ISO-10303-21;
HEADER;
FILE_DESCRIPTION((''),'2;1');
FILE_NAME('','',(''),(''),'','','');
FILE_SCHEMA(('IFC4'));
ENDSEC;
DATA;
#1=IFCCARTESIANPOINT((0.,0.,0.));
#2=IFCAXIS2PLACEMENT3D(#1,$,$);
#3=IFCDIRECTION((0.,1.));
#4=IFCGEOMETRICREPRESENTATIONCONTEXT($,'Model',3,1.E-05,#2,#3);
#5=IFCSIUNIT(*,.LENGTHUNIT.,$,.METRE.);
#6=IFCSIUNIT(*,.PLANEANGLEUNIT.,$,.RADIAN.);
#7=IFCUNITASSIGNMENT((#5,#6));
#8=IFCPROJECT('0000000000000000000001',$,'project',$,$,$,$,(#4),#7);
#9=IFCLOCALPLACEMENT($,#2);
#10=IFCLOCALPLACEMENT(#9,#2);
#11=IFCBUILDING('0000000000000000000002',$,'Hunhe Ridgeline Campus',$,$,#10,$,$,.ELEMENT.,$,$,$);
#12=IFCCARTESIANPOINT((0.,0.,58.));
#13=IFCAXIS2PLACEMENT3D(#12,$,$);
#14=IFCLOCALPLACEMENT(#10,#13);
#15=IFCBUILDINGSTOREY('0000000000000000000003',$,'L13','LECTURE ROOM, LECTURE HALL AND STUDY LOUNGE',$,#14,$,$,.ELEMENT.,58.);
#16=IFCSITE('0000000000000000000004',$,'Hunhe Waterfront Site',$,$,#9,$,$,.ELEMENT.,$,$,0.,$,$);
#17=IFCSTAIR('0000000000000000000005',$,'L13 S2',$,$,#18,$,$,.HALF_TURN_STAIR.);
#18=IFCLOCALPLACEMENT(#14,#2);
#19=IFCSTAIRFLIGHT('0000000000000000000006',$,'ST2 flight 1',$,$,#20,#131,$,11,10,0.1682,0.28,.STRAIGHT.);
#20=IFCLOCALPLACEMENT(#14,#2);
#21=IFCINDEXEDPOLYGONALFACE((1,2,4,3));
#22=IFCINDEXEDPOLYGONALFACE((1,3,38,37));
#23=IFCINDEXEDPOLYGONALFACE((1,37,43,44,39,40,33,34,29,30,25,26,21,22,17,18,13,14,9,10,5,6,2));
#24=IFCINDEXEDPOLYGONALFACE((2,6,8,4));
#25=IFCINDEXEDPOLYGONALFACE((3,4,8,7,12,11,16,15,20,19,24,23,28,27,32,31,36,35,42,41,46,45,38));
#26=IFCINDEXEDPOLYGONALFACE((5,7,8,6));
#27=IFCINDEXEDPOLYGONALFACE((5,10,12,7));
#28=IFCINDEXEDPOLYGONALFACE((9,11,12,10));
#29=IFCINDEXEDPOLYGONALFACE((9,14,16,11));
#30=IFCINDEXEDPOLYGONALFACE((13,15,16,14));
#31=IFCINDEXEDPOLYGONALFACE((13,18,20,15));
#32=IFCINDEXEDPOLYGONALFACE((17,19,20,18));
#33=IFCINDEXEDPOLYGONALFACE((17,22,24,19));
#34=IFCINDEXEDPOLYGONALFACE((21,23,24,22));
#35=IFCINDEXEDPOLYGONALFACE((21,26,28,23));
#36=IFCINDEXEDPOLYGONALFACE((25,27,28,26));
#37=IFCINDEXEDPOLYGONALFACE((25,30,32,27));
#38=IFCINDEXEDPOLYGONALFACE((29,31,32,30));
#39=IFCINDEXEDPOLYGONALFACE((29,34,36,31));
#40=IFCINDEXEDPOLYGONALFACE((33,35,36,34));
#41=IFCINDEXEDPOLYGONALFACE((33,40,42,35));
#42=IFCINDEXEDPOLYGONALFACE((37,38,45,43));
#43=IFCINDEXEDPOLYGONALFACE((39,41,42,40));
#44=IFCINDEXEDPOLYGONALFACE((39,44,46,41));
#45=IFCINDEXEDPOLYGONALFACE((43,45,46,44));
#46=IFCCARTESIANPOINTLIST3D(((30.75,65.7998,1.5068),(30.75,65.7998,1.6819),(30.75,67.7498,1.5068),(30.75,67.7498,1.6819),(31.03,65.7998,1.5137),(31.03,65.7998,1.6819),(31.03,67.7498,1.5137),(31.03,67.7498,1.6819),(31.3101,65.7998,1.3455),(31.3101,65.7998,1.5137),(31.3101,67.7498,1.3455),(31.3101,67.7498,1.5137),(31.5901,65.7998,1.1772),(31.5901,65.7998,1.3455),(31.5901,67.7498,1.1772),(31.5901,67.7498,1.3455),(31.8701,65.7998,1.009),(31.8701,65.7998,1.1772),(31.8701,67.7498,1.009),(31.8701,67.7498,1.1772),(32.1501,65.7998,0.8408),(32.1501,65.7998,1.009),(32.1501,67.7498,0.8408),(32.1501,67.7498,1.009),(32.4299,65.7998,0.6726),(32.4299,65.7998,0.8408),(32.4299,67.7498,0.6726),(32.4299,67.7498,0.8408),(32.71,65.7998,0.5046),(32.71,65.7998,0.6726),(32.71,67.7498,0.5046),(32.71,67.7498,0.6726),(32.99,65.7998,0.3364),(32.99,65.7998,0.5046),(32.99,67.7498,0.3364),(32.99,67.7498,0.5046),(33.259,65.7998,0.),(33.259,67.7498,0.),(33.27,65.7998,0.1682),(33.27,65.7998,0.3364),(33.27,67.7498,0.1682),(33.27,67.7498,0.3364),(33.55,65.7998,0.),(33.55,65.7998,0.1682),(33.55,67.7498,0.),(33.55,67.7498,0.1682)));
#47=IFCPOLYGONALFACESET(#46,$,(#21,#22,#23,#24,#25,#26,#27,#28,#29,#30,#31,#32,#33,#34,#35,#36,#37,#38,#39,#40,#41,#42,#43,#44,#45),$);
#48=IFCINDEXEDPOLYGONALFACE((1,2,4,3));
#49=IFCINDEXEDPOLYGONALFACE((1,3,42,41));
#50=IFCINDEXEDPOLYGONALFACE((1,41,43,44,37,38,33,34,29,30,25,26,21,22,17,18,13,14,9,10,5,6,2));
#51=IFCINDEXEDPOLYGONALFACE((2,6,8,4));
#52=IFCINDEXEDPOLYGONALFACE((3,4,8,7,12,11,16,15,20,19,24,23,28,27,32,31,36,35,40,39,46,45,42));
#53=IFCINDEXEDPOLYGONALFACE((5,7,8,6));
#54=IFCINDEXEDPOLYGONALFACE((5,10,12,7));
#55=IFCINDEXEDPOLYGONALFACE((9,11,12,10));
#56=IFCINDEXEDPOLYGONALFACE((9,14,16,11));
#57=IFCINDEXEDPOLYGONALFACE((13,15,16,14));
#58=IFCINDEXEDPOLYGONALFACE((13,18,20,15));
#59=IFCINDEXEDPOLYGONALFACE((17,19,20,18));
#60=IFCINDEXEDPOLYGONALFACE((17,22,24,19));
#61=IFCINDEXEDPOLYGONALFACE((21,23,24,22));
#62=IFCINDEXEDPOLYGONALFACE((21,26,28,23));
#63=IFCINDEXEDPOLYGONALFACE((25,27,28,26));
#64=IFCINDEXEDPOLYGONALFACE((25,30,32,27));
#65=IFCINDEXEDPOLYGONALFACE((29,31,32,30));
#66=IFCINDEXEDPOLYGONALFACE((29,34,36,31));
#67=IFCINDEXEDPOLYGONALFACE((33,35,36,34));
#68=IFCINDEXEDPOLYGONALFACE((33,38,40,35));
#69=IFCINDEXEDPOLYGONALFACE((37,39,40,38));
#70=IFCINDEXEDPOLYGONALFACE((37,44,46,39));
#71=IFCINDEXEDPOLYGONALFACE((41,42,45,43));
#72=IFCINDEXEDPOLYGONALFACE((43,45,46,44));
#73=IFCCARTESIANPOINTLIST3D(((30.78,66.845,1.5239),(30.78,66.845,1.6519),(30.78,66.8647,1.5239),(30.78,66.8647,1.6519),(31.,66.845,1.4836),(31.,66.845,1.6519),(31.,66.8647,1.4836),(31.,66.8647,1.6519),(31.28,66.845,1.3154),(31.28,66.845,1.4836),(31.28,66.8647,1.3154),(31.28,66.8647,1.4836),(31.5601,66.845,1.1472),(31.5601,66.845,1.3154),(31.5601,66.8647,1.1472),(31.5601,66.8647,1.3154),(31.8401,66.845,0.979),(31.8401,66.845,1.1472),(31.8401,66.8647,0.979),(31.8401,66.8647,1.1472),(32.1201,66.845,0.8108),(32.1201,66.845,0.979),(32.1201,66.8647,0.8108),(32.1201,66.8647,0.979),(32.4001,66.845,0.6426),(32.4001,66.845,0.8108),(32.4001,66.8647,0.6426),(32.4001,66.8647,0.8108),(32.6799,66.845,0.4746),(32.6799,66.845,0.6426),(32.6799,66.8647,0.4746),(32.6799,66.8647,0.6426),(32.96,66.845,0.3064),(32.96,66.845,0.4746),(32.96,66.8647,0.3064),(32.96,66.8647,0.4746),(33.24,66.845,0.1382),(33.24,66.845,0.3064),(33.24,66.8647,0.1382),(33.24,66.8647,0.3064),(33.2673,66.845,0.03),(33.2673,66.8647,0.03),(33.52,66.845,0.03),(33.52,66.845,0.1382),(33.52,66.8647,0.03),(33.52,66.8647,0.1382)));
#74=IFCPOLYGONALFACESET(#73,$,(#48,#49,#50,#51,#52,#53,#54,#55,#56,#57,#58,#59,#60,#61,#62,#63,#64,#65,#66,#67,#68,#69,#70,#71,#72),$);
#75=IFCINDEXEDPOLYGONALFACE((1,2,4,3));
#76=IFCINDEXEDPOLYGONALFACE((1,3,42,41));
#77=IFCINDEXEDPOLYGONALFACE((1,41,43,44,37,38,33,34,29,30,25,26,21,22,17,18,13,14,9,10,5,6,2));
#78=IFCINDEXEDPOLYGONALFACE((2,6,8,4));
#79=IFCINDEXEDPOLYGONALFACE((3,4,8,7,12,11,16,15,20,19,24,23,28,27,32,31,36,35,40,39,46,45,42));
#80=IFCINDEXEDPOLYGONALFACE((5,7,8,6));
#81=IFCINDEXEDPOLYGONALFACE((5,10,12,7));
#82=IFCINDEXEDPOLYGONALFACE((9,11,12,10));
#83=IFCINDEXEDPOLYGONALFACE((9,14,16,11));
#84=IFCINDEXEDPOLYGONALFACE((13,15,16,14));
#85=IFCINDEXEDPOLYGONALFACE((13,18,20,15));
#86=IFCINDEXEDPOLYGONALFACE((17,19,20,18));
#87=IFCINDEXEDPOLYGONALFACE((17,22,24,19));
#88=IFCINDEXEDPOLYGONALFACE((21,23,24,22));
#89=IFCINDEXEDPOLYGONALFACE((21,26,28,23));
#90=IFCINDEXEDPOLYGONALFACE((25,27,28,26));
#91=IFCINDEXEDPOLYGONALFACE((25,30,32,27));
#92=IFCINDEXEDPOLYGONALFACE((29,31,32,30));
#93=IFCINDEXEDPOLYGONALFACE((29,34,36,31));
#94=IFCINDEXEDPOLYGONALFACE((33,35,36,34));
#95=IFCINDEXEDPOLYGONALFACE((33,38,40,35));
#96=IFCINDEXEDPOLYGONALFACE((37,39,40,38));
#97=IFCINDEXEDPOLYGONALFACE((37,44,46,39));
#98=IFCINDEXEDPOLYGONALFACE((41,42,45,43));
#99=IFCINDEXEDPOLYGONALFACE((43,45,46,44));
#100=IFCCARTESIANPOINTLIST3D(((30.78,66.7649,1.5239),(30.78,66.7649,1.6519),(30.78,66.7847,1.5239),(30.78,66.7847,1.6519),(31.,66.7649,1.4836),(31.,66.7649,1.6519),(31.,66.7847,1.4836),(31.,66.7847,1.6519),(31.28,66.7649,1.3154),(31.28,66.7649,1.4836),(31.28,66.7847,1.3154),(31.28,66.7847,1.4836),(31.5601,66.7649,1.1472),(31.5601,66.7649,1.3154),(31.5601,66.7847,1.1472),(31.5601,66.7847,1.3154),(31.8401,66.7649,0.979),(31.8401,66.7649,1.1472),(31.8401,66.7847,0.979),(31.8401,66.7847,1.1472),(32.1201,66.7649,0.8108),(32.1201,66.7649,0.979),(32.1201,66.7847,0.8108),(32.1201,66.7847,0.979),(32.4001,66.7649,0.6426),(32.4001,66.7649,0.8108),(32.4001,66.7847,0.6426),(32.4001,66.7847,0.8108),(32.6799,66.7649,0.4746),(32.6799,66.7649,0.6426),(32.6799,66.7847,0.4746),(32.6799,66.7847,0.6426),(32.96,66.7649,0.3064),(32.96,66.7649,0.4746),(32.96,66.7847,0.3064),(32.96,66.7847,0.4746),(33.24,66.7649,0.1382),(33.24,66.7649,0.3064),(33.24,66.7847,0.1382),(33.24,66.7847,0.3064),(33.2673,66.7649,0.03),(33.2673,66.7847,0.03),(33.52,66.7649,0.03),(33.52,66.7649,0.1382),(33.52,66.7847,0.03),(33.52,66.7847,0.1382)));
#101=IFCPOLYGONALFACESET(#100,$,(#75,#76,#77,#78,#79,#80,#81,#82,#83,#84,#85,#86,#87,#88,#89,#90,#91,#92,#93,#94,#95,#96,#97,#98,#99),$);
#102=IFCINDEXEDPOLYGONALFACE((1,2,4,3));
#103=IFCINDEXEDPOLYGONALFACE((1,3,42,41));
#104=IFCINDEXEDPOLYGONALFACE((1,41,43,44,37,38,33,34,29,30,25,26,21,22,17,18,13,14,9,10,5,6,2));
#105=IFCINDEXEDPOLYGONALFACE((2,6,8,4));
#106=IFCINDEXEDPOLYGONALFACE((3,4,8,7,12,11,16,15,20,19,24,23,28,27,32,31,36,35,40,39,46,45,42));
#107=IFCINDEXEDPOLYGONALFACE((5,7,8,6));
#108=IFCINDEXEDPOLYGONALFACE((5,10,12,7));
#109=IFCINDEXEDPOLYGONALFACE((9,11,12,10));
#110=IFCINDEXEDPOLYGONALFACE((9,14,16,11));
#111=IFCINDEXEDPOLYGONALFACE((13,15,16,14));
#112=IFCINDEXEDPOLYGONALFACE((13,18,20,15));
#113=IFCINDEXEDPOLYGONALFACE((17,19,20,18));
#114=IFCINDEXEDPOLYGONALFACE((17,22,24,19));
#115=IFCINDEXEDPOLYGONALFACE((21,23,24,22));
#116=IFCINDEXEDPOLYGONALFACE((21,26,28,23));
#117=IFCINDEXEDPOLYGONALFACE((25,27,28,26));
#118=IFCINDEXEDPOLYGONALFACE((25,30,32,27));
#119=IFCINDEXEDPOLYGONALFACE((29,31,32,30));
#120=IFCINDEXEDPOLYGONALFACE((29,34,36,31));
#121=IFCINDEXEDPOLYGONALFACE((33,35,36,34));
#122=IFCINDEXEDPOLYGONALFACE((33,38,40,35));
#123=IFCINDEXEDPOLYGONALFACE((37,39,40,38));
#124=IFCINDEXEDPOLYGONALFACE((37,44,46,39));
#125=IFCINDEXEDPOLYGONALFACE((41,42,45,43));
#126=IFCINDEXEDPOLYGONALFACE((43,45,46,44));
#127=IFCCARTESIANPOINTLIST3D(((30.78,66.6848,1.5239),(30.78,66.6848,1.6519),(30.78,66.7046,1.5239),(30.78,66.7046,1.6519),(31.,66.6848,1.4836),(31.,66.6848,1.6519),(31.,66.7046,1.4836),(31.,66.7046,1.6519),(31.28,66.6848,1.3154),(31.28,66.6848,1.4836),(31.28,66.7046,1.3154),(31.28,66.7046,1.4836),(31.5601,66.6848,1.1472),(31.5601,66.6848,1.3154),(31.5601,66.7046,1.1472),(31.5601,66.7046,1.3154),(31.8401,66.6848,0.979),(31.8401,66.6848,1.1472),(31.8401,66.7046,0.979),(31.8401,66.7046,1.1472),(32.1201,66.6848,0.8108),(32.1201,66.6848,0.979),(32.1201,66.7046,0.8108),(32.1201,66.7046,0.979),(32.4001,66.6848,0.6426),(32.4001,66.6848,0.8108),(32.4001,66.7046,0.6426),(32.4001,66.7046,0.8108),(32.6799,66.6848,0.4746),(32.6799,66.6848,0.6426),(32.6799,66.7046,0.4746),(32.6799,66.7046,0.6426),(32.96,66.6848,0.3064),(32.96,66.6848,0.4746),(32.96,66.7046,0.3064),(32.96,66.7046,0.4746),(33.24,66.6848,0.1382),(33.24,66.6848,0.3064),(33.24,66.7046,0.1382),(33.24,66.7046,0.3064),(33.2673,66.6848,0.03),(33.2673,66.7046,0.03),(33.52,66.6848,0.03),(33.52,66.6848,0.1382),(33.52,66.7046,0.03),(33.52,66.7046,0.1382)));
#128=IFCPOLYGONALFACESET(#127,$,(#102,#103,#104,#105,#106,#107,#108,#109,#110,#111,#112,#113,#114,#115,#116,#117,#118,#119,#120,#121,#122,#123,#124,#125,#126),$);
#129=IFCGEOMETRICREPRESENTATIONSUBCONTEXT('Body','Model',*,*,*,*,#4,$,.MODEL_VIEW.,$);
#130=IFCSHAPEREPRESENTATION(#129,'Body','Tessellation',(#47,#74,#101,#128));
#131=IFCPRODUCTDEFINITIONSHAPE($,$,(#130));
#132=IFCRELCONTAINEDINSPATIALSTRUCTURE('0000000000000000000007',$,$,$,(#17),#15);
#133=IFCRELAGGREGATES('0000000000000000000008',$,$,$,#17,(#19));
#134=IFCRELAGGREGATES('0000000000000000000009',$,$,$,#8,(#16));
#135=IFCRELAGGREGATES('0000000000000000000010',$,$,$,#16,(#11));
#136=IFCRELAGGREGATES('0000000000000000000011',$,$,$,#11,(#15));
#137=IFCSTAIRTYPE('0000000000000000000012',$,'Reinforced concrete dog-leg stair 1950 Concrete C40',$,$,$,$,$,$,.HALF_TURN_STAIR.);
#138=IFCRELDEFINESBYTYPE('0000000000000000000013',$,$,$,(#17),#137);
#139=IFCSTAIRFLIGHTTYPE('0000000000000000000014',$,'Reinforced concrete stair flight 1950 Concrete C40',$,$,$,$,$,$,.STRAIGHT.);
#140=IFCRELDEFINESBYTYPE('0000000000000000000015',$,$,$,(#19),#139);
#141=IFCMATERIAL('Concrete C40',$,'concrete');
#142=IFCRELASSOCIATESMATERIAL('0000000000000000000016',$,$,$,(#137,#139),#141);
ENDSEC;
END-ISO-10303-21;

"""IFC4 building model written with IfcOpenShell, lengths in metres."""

from ifc_helpers import new_model, si_unit, direction, frame, origin, place, context, subcontext, project, spatial, polyline, outline, extrude, material, type_object, element, aggregate, save


model = new_model("IFC4")

# Units and contexts
model_context = context("Model", 3, precision=1e-05, world=origin(), true_north=direction((0.0, 1.0)))
body_context = subcontext(model_context, "Body", "Model", "MODEL_VIEW")
ifc_project = project(units=[si_unit("LENGTHUNIT", "METRE"), si_unit("PLANEANGLEUNIT", "RADIAN")], contexts=[model_context])

# Site, building, storey
site_placement = place(None, origin())
site = spatial("IfcSite", under=ifc_project, at=site_placement, Name="Hunhe Waterfront Site", CompositionType="ELEMENT", RefElevation=0.0)
building_placement = place(site_placement, origin())
building = spatial("IfcBuilding", under=site, at=building_placement, Name="Hunhe Ridgeline Campus", CompositionType="ELEMENT")
storey_placement = place(building_placement, frame((0.0, 0.0, 58.0)))
storey = spatial("IfcBuildingStorey", under=building, at=storey_placement, Name="L13", Description="LECTURE ROOM, LECTURE HALL AND STUDY LOUNGE", CompositionType="ELEMENT", Elevation=58.0)

# Stair, stair flight
ifc_material_1 = material(Name="Concrete C40", Category="concrete")
stair_type = type_object("IfcStairType", Name="Reinforced concrete dog-leg stair 1950 Concrete C40", PredefinedType="HALF_TURN_STAIR", material=ifc_material_1)
stair_placement = place(storey_placement, origin())
stair = element("IfcStair", 1, at=stair_placement, inside=storey, type_object=stair_type, Name="L13 S2", PredefinedType="HALF_TURN_STAIR")
stair_flight_type = type_object("IfcStairFlightType", Name="Reinforced concrete stair flight 1950 Concrete C40", PredefinedType="STRAIGHT", material=ifc_material_1)
stair_flight_1_placement = place(storey_placement, frame((33.55, 66.7749, 0.0), z_axis=(0.0, 0.0, 1.0), x_axis=(-1.0, 0.0, 0.0)))
stair_flight_1 = element("IfcStairFlight", 2, at=stair_flight_1_placement, type_object=stair_flight_type, Name="ST2 flight 1", NumberOfRisers=11, NumberOfTreads=10, PredefinedType="STRAIGHT", RiserHeight=0.1682, TreadLength=0.28, context=body_context, shape_type="SweptSolid", body=[
    extrude(outline(polyline([(0.0, 0.0), (0.0, 0.1682), (0.28, 0.1682), (0.28, 0.3364), (0.5601, 0.3364), (0.5601, 0.5046), (0.8401, 0.5046), (0.8401, 0.6726), (1.1201, 0.6726), (1.1201, 0.8408), (1.3999, 0.8408), (1.3999, 1.009), (1.6799, 1.009), (1.6799, 1.1772), (1.96, 1.1772), (1.96, 1.3455), (2.24, 1.3455), (2.24, 1.5137), (2.52, 1.5137), (2.52, 1.6819), (2.8, 1.6819), (2.8, 1.8501), (2.8, 1.5068), (0.291, 0.0), (0.0, 0.0)])), frame((0.0, 0.9751, 0.0), z_axis=(0.0, -1.0, 0.0), x_axis=(1.0, 0.0, 0.0)), (0.0, 0.0, 1.0), 1.95),
    extrude(outline(polyline([(0.03, 0.03), (0.03, 0.1382), (0.3101, 0.1382), (0.3101, 0.3064), (0.5901, 0.3064), (0.5901, 0.4746), (0.8701, 0.4746), (0.8701, 0.6426), (1.1499, 0.6426), (1.1499, 0.8108), (1.4299, 0.8108), (1.4299, 0.979), (1.71, 0.979), (1.71, 1.1472), (1.99, 1.1472), (1.99, 1.3154), (2.27, 1.3154), (2.27, 1.4836), (2.55, 1.4836), (2.55, 1.6519), (2.77, 1.6519), (2.77, 1.5239), (0.2827, 0.03), (0.03, 0.03)])), frame((0.0, -0.0701, 0.0), z_axis=(0.0, -1.0, 0.0), x_axis=(1.0, 0.0, 0.0)), (0.0, 0.0, 1.0), 0.0198),
    extrude(outline(polyline([(0.03, 0.03), (0.03, 0.1382), (0.3101, 0.1382), (0.3101, 0.3064), (0.5901, 0.3064), (0.5901, 0.4746), (0.8701, 0.4746), (0.8701, 0.6426), (1.1499, 0.6426), (1.1499, 0.8108), (1.4299, 0.8108), (1.4299, 0.979), (1.71, 0.979), (1.71, 1.1472), (1.99, 1.1472), (1.99, 1.3154), (2.27, 1.3154), (2.27, 1.4836), (2.55, 1.4836), (2.55, 1.6519), (2.77, 1.6519), (2.77, 1.5239), (0.2827, 0.03), (0.03, 0.03)])), frame((0.0, 0.01, 0.0), z_axis=(0.0, -1.0, 0.0), x_axis=(1.0, 0.0, 0.0)), (0.0, 0.0, 1.0), 0.0198),
    extrude(outline(polyline([(0.03, 0.03), (0.03, 0.1382), (0.3101, 0.1382), (0.3101, 0.3064), (0.5901, 0.3064), (0.5901, 0.4746), (0.8701, 0.4746), (0.8701, 0.6426), (1.1499, 0.6426), (1.1499, 0.8108), (1.4299, 0.8108), (1.4299, 0.979), (1.71, 0.979), (1.71, 1.1472), (1.99, 1.1472), (1.99, 1.3154), (2.27, 1.3154), (2.27, 1.4836), (2.55, 1.4836), (2.55, 1.6519), (2.77, 1.6519), (2.77, 1.5239), (0.2827, 0.03), (0.03, 0.03)])), frame((0.0, 0.0901, 0.0), z_axis=(0.0, -1.0, 0.0), x_axis=(1.0, 0.0, 0.0)), (0.0, 0.0, 1.0), 0.0198),
])
aggregate(stair, [stair_flight_1])

save(model, "model.ifc")
